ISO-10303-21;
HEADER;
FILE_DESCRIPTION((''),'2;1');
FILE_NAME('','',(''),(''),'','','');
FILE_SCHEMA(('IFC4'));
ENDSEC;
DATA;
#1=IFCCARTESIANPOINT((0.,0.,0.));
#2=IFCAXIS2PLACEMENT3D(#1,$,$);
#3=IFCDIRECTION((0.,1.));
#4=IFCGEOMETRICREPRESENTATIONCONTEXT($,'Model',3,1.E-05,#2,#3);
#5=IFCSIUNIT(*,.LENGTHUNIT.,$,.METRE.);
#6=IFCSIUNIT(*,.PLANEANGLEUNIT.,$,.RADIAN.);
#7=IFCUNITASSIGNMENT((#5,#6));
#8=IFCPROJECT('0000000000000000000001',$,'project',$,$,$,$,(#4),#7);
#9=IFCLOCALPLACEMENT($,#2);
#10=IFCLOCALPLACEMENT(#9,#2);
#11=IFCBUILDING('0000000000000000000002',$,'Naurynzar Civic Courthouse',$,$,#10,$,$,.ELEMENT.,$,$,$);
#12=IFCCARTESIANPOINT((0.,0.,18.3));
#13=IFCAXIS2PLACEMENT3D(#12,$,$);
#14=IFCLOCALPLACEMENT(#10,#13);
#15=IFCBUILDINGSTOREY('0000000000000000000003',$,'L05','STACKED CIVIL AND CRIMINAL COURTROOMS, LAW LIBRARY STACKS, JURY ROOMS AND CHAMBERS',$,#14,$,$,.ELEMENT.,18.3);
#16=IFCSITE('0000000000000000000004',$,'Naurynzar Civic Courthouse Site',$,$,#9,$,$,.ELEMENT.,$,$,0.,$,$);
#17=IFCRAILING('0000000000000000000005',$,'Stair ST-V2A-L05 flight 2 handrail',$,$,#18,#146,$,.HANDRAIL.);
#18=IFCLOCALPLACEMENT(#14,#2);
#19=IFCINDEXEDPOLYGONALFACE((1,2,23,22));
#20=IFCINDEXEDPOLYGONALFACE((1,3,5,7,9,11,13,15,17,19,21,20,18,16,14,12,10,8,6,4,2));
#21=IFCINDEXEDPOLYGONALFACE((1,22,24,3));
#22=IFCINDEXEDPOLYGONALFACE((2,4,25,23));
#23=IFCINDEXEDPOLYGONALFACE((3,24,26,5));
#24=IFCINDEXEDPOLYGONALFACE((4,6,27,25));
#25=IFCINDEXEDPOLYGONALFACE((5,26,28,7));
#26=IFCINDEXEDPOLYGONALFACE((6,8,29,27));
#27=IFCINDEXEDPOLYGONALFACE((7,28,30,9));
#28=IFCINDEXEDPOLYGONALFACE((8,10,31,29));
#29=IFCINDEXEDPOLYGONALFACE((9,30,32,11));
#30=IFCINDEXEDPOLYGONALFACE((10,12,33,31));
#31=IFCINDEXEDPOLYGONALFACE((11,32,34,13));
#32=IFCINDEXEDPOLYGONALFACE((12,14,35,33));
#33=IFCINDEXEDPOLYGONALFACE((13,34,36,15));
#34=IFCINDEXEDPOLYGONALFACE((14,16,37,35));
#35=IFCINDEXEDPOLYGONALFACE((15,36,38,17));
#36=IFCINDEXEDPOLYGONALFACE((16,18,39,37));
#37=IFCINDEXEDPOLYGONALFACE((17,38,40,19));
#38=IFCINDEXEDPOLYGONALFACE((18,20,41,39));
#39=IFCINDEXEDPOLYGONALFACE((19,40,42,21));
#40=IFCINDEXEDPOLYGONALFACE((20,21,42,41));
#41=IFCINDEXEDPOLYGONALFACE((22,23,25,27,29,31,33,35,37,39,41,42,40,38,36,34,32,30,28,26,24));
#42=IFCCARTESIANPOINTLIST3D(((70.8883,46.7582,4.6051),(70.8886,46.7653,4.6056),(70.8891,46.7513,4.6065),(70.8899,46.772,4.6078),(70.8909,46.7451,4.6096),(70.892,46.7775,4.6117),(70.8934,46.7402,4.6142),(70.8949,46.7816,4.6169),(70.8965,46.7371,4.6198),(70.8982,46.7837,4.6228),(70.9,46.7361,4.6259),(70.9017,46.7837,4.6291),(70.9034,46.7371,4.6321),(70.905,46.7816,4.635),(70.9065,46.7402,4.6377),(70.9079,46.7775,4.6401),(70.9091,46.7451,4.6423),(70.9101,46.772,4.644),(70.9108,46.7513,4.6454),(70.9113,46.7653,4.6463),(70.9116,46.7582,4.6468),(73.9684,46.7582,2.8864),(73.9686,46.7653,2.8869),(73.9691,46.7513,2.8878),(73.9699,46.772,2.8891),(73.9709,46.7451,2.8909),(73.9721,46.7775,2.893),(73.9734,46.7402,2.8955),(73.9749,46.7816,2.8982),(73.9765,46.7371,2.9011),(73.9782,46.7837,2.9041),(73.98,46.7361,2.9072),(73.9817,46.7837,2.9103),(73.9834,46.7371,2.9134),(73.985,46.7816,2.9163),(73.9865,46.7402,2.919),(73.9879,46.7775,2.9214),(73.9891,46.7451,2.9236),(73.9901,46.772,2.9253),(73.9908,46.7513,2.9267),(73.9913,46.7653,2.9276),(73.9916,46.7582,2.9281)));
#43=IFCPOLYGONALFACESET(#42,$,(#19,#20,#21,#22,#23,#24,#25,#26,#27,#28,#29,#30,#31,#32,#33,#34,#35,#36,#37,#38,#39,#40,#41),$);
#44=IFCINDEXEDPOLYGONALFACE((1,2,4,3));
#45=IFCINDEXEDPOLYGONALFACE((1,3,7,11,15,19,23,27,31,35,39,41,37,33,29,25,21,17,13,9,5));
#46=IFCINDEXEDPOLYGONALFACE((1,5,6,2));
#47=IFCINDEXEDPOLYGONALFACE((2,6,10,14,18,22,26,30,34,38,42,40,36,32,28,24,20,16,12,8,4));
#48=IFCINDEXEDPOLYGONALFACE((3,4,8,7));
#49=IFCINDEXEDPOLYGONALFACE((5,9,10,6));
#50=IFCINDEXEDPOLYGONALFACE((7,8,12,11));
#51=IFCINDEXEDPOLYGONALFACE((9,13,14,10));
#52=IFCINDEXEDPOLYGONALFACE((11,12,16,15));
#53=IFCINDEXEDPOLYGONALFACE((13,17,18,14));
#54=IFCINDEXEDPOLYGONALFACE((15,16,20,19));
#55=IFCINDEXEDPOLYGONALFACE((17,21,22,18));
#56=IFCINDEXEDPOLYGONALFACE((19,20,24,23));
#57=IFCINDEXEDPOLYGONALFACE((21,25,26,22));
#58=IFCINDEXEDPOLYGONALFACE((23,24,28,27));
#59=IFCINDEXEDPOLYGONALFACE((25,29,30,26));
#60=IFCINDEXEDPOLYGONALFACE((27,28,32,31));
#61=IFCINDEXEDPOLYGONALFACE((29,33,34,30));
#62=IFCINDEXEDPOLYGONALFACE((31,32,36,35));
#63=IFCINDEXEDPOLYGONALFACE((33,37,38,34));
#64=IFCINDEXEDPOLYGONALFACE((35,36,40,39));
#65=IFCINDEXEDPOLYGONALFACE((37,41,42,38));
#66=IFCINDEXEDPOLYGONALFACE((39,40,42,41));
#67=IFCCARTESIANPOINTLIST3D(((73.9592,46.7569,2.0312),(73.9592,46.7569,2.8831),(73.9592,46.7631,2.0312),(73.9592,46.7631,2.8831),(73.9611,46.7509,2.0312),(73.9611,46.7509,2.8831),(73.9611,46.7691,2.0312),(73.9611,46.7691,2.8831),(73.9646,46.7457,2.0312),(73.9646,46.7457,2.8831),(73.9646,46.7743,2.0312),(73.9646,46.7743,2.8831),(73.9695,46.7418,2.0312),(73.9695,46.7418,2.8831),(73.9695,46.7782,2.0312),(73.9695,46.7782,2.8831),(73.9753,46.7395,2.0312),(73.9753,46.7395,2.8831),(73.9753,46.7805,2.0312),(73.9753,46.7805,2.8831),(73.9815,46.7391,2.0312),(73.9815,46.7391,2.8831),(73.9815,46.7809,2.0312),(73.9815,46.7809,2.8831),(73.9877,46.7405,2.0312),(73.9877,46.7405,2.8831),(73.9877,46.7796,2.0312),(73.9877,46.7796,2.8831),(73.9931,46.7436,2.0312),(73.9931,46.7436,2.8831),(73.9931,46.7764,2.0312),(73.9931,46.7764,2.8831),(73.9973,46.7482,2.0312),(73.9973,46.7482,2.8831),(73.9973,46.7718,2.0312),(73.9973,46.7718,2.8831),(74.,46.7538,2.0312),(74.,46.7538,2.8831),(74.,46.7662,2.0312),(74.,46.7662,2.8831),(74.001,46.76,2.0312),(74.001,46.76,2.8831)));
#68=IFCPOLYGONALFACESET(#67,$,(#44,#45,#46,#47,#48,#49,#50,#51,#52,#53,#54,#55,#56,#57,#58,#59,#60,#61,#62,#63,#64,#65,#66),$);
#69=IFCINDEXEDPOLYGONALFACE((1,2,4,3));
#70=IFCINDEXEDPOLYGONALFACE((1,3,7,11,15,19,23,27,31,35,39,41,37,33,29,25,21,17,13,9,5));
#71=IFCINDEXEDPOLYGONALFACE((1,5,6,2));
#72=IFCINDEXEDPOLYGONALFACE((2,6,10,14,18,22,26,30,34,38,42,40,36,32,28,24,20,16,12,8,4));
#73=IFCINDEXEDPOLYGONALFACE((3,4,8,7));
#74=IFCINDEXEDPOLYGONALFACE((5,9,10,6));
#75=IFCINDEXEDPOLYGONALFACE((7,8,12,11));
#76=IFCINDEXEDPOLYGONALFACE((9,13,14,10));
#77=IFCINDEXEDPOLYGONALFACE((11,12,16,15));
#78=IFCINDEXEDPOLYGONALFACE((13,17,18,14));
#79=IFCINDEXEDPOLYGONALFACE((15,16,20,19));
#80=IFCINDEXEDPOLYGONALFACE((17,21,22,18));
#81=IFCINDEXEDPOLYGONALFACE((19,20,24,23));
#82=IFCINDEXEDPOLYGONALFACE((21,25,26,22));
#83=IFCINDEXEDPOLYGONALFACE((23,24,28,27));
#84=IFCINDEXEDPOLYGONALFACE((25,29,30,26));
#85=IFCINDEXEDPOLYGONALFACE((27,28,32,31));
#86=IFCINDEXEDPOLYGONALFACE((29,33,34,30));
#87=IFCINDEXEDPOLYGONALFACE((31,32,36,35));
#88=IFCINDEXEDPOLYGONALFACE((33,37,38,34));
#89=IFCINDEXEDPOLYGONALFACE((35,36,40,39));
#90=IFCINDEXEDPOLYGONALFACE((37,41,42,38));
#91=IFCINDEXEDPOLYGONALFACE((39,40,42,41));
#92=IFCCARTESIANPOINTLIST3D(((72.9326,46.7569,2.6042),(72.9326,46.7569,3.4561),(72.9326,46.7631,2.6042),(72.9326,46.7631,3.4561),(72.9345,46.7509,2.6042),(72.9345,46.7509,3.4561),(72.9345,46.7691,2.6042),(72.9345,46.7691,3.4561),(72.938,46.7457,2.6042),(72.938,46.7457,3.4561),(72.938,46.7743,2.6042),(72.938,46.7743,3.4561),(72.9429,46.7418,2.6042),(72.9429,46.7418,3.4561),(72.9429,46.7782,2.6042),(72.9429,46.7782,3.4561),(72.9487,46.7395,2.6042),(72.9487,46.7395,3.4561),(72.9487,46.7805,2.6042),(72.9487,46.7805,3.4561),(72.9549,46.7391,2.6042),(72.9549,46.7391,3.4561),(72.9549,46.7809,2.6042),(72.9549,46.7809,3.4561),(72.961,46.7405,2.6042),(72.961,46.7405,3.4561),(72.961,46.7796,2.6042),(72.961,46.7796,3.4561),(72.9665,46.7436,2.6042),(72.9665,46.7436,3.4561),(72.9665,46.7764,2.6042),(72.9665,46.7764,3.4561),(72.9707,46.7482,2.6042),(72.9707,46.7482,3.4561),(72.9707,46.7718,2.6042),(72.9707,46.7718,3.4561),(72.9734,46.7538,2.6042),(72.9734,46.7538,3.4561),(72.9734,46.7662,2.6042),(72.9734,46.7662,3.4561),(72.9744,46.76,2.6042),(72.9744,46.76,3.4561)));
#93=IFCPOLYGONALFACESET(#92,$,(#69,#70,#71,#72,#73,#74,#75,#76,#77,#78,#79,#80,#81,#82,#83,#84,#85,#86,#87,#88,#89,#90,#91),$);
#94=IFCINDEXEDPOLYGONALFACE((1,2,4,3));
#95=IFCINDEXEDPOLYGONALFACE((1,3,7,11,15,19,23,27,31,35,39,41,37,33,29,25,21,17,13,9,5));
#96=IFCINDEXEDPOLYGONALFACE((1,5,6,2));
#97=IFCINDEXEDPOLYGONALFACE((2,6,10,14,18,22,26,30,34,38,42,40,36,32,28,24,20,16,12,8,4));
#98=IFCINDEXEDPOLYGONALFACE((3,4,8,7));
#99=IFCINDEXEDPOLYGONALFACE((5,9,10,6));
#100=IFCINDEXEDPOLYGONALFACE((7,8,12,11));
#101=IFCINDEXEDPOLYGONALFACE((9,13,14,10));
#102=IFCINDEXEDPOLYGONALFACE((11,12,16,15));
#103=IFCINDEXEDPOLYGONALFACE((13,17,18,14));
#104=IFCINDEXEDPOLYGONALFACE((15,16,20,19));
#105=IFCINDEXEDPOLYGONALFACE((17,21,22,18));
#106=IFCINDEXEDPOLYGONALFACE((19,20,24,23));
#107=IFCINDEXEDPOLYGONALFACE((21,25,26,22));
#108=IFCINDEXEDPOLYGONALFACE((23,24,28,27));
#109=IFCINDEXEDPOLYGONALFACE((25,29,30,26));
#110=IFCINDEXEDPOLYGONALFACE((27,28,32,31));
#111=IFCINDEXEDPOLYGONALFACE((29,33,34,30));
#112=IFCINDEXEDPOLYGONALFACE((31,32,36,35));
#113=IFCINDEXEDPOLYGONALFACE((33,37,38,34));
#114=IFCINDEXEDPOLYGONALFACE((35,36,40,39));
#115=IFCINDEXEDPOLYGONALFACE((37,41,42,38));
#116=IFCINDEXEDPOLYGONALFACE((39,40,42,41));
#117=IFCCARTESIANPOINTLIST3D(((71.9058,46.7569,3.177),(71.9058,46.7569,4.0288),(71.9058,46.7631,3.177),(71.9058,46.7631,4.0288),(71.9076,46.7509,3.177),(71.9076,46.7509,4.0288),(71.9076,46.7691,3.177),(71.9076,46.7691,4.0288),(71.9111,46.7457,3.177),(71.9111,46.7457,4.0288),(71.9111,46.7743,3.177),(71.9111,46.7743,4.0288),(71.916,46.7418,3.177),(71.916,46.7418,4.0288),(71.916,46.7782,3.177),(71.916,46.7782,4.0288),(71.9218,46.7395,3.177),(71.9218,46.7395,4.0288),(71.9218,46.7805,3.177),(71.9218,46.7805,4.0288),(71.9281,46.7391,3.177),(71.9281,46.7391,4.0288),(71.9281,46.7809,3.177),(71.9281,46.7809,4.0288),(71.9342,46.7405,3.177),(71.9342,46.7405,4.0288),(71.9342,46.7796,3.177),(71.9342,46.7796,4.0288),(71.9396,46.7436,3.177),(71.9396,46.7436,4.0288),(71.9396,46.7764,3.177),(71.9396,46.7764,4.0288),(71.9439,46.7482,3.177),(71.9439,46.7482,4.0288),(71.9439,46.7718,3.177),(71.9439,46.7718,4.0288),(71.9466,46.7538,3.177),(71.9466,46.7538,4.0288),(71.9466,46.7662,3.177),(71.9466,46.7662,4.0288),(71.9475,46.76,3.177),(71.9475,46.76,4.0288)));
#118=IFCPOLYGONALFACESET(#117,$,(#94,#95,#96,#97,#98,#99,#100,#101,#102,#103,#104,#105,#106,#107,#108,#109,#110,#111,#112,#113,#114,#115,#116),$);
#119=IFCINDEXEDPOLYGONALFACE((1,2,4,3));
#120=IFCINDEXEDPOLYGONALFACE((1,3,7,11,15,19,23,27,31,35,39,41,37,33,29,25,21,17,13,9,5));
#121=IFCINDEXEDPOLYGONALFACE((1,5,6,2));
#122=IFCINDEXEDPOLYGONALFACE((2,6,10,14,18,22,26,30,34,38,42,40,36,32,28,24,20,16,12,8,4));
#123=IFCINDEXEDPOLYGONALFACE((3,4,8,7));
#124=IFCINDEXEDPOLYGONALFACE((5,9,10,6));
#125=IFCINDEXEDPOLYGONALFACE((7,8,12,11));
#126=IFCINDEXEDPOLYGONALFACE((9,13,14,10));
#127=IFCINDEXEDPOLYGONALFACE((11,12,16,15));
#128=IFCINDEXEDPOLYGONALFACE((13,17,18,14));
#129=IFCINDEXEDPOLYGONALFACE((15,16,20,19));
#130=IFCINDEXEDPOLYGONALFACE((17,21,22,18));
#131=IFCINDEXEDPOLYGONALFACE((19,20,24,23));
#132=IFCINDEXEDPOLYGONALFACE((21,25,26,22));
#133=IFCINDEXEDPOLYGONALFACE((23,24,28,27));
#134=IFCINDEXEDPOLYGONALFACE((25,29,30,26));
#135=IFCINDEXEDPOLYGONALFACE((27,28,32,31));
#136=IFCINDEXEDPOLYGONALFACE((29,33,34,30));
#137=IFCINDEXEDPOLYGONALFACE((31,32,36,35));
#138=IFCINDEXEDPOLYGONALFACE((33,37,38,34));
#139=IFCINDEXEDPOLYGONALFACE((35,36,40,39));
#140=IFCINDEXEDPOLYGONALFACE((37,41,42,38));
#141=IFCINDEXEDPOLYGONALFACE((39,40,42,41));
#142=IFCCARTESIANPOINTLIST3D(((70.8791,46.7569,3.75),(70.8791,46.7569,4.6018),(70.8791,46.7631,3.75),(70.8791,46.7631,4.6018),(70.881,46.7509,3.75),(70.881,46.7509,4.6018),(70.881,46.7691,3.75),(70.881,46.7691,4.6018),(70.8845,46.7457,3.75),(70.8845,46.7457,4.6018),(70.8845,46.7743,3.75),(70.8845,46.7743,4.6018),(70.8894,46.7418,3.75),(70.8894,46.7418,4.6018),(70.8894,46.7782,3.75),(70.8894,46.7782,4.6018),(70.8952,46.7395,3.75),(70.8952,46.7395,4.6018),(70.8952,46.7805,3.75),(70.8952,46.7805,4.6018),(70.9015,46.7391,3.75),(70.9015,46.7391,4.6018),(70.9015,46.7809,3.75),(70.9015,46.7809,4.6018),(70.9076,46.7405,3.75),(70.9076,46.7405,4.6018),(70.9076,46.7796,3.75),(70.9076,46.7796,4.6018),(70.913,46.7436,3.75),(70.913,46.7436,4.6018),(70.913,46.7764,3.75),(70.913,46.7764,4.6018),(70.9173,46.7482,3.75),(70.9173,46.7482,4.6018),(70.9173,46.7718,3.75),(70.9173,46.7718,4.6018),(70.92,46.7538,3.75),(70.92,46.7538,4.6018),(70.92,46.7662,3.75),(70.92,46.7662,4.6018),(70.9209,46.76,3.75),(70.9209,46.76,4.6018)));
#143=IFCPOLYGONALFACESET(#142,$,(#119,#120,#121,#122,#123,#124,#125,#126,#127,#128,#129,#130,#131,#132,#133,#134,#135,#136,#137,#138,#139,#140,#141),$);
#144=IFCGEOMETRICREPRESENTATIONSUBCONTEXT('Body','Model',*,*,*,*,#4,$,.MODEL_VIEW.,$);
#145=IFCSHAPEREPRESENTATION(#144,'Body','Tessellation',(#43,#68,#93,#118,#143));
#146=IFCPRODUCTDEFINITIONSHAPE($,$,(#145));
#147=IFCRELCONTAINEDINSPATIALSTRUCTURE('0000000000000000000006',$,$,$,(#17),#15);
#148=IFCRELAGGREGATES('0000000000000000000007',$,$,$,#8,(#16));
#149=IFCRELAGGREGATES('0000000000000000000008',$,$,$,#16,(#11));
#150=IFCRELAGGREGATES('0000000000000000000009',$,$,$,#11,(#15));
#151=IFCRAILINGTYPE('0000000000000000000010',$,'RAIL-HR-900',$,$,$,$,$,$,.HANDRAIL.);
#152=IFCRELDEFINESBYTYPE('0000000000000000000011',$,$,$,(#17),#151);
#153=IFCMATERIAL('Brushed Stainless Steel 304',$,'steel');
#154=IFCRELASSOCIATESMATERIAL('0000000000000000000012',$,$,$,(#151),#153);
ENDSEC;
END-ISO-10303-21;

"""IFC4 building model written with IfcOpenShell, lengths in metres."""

from ifc_helpers import new_model, si_unit, direction, frame, origin, origin_2d, place, context, subcontext, project, spatial, circle, extrude, material, type_object, element, save


model = new_model("IFC4")

# Units and contexts
model_context = context("Model", 3, precision=1e-05, world=origin(), true_north=direction((0.0, 1.0)))
body_context = subcontext(model_context, "Body", "Model", "MODEL_VIEW")
ifc_project = project(units=[si_unit("LENGTHUNIT", "METRE"), si_unit("PLANEANGLEUNIT", "RADIAN")], contexts=[model_context])

# Site, building, storey
site_placement = place(None, origin())
site = spatial("IfcSite", under=ifc_project, at=site_placement, Name="Naurynzar Civic Courthouse Site", CompositionType="ELEMENT", RefElevation=0.0)
building_placement = place(site_placement, origin())
building = spatial("IfcBuilding", under=site, at=building_placement, Name="Naurynzar Civic Courthouse", CompositionType="ELEMENT")
storey_placement = place(building_placement, frame((0.0, 0.0, 18.3)))
storey = spatial("IfcBuildingStorey", under=building, at=storey_placement, Name="L05", Description="STACKED CIVIL AND CRIMINAL COURTROOMS, LAW LIBRARY STACKS, JURY ROOMS AND CHAMBERS", CompositionType="ELEMENT", Elevation=18.3)

# Railing
ifc_material_1 = material(Name="Brushed Stainless Steel 304", Category="steel")
railing_type_1 = type_object("IfcRailingType", Name="RAIL-HR-900", PredefinedType="HANDRAIL", material=ifc_material_1)
railing_1_placement = place(storey_placement, frame((73.98, 46.76, 2.0312)))
element("IfcRailing", 1, at=railing_1_placement, inside=storey, type_object=railing_type_1, Name="Stair ST-V2A-L05 flight 2 handrail", PredefinedType="HANDRAIL", context=body_context, shape_type="SweptSolid", body=[
    extrude(circle(Radius=0.0239, at=origin_2d()), frame((0.0, 0.0, 0.876), z_axis=(-0.873242, 0.0, 0.487288), x_axis=(0.0, -1.0, 0.0)), (0.0, 0.0, 1.0), 3.5271),
    extrude(circle(Radius=0.021, at=origin_2d()), origin(), (0.0, 0.0, 1.0), 0.8518),
    extrude(circle(Radius=0.021, at=origin_2d()), frame((-1.0266, 0.0, 0.573)), (0.0, 0.0, 1.0), 0.8518),
    extrude(circle(Radius=0.021, at=origin_2d()), frame((-2.0535, 0.0, 1.1458)), (0.0, 0.0, 1.0), 0.8518),
    extrude(circle(Radius=0.021, at=origin_2d()), frame((-3.0801, 0.0, 1.7188)), (0.0, 0.0, 1.0), 0.8518),
])

save(model, "model.ifc")
